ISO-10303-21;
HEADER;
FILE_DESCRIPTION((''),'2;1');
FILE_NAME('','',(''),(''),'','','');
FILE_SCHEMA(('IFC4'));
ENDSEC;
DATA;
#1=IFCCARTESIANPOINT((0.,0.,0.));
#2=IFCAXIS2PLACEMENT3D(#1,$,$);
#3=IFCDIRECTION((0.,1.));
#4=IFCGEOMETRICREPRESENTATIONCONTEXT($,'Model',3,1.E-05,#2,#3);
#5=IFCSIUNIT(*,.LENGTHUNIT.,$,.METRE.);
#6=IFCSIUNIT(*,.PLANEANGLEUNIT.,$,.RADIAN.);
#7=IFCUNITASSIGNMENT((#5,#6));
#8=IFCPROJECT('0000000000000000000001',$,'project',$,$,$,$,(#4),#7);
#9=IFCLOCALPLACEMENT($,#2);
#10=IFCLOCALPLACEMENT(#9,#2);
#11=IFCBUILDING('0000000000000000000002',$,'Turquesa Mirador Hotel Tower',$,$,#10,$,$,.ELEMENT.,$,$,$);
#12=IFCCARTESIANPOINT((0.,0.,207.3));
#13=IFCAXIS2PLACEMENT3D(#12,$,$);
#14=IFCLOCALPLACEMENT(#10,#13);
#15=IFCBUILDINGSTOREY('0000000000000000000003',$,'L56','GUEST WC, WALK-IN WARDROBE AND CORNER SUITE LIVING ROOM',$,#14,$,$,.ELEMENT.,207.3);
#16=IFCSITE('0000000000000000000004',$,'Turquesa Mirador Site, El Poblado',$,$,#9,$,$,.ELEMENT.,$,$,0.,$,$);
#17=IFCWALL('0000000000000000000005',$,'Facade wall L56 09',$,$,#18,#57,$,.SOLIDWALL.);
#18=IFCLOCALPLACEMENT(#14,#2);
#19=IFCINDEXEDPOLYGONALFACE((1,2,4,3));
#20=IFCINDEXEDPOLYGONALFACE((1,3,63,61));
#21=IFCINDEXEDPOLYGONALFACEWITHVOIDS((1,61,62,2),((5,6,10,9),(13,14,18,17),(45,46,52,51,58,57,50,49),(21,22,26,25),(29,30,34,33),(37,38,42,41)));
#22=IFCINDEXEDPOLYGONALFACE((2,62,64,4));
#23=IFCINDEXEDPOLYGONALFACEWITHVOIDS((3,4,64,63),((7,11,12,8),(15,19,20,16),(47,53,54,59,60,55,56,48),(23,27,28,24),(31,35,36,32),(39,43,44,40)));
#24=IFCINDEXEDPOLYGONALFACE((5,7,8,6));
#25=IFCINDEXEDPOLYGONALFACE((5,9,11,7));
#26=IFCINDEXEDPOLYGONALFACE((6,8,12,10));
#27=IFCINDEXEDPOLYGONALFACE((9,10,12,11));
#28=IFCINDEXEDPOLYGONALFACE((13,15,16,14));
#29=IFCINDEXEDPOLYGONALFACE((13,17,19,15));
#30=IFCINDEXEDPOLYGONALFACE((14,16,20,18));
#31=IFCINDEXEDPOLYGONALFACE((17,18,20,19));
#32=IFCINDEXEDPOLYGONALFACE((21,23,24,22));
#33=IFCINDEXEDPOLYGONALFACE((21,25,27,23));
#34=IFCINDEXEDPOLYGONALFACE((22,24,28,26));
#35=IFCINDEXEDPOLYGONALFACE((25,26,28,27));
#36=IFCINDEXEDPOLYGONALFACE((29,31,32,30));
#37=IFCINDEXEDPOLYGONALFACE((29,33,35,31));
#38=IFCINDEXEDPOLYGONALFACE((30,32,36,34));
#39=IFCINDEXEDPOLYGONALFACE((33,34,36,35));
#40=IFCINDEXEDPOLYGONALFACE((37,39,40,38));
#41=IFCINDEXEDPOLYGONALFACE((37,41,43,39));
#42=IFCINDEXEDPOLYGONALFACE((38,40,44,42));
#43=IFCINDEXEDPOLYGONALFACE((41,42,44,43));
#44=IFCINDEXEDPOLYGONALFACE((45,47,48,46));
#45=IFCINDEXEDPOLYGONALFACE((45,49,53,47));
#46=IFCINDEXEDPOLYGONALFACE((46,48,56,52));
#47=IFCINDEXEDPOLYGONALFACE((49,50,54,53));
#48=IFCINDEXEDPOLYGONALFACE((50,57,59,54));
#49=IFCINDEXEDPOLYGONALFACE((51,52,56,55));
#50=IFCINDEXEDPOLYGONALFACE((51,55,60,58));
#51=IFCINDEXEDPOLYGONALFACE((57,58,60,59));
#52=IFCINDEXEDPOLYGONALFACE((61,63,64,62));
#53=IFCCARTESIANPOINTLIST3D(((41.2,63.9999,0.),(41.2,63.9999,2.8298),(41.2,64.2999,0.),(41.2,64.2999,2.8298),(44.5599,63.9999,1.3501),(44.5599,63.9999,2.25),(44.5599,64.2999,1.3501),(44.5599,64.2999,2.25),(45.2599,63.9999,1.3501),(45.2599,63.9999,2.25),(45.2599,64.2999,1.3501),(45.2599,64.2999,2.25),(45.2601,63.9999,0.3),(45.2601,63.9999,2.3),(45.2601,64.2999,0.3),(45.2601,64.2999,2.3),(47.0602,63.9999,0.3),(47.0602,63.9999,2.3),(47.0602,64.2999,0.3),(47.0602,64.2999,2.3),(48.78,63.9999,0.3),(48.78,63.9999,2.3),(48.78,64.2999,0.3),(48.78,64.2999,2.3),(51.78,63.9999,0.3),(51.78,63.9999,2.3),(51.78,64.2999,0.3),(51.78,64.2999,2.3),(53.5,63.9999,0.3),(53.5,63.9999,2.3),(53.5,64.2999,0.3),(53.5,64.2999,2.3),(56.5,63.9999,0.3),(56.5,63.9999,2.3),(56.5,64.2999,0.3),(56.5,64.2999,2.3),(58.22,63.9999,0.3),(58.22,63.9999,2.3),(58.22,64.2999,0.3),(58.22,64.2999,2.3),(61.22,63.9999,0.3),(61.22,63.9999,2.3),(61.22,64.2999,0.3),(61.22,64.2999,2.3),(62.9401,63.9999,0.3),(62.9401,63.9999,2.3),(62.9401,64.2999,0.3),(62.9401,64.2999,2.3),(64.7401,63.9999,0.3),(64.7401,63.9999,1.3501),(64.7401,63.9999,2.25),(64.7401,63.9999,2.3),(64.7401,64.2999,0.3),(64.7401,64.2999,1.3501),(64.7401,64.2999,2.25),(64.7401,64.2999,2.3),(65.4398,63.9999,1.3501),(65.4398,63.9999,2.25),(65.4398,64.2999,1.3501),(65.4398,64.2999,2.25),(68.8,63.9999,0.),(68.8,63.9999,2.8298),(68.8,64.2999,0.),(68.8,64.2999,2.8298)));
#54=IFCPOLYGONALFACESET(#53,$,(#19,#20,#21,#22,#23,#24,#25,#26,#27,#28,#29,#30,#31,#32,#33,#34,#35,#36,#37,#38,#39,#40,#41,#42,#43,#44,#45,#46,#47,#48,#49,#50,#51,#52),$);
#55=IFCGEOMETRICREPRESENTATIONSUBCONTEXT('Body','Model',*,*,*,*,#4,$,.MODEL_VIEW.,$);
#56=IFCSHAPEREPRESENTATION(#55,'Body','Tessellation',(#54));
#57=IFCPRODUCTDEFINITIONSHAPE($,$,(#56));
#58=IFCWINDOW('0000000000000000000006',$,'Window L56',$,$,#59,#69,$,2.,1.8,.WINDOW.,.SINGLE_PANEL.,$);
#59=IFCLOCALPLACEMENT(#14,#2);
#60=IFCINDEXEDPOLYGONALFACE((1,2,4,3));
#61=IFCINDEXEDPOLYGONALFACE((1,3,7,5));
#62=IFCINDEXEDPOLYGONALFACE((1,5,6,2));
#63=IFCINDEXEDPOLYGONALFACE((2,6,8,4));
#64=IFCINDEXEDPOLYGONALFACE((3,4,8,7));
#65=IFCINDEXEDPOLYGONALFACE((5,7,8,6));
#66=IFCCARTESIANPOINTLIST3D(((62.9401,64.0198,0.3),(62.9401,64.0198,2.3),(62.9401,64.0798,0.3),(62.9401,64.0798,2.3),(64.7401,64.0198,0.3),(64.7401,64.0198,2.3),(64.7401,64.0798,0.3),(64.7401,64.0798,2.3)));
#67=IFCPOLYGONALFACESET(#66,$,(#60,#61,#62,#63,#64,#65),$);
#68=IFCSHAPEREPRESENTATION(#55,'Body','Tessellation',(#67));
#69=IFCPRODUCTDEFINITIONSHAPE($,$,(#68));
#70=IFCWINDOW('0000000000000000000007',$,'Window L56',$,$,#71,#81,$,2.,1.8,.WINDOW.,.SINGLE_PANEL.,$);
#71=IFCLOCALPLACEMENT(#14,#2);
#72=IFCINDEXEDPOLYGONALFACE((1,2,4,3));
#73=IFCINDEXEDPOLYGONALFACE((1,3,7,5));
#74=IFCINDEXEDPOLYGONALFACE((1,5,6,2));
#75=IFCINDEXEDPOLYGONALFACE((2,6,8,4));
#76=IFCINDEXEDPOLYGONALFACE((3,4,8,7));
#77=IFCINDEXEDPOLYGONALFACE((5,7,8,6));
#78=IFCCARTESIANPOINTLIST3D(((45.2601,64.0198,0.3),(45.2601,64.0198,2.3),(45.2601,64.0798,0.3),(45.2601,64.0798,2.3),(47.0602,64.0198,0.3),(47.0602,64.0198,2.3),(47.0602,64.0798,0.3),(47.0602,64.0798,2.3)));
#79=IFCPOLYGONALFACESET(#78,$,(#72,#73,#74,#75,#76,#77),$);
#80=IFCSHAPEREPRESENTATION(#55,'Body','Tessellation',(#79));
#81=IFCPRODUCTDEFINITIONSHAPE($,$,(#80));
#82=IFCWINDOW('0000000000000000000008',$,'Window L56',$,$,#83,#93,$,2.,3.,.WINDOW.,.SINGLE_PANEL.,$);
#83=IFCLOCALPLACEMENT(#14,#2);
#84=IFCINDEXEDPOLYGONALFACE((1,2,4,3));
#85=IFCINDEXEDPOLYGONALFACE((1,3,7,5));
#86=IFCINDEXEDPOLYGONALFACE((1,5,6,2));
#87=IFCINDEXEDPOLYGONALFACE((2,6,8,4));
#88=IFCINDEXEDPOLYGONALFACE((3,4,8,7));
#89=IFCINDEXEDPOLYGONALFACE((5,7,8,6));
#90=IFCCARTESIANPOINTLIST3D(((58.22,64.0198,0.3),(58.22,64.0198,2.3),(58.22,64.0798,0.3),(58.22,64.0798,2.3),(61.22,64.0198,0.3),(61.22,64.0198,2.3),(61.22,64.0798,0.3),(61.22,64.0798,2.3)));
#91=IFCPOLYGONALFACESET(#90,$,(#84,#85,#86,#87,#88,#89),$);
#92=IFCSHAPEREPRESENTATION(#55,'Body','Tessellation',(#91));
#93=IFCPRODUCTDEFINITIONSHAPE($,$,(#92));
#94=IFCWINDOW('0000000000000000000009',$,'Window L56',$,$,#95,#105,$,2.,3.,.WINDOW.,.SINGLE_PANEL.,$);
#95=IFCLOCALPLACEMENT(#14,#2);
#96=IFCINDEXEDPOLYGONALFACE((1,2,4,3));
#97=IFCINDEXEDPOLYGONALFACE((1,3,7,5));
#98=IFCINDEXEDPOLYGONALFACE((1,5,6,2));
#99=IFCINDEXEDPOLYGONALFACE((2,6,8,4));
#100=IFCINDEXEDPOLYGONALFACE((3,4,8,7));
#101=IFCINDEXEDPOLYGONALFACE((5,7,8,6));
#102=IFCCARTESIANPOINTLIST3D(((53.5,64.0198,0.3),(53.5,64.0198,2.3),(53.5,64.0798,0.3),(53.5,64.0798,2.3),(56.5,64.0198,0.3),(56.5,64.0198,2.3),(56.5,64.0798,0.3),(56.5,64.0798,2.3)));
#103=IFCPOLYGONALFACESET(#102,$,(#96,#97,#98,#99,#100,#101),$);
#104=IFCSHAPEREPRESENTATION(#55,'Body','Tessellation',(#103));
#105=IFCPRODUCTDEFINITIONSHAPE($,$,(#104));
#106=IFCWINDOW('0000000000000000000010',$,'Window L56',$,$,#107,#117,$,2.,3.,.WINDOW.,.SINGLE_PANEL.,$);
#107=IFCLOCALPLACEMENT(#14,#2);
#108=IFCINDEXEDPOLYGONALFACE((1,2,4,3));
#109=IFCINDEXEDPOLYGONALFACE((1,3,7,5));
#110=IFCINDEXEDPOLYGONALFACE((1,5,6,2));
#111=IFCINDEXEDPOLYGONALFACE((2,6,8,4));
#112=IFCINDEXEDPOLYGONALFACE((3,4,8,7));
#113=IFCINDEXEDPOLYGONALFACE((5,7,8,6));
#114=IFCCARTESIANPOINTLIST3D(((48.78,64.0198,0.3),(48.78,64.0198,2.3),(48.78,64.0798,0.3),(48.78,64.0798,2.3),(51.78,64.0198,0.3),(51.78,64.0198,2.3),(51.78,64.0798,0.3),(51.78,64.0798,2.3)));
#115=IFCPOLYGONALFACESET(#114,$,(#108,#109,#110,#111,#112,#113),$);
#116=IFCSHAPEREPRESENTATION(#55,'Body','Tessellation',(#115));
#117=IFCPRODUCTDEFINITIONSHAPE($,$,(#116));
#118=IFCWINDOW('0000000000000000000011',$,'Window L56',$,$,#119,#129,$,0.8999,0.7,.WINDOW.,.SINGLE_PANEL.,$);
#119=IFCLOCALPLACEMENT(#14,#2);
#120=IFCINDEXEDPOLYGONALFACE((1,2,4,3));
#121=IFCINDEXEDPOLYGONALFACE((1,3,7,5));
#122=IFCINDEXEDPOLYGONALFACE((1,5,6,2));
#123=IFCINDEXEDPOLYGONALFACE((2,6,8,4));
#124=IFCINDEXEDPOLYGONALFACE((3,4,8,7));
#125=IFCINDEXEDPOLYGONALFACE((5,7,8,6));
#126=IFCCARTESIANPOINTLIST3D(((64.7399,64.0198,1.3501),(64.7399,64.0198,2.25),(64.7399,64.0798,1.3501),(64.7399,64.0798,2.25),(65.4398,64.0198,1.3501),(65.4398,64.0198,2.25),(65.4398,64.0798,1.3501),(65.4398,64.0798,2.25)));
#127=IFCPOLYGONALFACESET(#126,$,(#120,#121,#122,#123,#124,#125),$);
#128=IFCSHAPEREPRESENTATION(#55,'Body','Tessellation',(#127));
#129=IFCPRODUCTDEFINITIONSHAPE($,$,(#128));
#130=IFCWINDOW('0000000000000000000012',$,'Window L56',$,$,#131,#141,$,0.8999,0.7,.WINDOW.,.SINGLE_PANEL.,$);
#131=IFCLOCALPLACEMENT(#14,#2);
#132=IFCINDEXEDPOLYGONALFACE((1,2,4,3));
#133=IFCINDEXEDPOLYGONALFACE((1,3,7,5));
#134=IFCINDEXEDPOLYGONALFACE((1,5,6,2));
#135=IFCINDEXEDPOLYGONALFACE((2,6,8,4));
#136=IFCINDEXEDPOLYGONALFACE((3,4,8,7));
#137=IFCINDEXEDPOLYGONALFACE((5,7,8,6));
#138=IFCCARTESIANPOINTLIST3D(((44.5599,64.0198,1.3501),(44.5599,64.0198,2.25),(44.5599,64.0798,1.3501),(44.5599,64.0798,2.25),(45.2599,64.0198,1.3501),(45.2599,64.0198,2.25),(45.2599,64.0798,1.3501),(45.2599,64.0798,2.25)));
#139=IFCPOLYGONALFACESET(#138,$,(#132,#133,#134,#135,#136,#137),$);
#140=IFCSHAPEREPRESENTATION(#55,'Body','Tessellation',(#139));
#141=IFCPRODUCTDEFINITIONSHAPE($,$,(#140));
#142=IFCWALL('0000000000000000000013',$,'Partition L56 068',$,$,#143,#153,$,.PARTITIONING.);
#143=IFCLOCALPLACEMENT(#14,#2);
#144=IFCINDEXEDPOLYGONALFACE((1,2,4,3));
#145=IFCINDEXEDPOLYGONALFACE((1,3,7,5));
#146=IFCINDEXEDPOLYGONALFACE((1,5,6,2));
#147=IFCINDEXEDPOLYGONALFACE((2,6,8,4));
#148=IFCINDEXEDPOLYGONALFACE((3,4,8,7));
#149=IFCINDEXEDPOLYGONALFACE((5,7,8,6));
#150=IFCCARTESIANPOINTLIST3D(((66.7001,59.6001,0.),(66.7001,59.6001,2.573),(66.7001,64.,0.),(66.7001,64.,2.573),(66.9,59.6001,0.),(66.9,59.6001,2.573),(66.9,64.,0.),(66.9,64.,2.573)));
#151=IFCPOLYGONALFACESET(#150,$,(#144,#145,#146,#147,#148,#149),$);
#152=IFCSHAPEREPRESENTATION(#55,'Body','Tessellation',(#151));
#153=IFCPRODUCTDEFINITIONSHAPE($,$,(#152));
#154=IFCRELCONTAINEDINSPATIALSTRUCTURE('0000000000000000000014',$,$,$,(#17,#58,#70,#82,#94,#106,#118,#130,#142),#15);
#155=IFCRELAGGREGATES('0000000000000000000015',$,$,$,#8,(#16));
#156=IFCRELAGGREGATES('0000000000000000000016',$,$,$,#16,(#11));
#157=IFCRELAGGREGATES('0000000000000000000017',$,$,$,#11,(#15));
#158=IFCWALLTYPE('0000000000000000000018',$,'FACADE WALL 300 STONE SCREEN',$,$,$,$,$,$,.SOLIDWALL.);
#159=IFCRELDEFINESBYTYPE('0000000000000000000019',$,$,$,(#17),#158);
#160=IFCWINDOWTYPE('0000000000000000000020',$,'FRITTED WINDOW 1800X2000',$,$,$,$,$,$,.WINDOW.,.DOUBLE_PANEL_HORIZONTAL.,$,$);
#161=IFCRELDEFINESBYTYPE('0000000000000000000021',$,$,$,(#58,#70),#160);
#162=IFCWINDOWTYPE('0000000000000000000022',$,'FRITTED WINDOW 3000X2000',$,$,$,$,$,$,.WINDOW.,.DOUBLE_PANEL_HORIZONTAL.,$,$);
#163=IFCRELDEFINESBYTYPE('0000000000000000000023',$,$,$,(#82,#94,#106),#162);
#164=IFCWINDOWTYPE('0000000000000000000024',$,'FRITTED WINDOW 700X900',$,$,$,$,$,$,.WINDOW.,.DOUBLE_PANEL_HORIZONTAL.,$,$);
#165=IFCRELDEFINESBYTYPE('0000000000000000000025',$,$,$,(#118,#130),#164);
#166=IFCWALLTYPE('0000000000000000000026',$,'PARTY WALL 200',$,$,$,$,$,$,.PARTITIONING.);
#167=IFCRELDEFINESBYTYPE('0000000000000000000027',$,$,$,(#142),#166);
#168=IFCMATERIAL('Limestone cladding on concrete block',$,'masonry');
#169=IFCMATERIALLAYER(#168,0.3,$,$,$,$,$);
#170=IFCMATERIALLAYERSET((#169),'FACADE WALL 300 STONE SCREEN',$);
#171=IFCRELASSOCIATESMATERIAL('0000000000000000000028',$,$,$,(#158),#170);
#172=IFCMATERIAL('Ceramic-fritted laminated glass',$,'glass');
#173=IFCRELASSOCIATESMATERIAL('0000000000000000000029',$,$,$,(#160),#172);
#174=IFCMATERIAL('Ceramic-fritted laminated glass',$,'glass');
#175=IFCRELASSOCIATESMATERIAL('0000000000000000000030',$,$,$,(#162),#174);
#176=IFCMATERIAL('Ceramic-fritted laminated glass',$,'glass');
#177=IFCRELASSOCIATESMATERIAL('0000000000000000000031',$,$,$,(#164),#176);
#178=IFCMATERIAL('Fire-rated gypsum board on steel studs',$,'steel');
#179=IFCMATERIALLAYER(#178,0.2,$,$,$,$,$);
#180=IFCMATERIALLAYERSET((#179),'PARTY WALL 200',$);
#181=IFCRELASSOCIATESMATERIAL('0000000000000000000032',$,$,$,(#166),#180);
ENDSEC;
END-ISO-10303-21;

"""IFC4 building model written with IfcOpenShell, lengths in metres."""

from ifc_helpers import new_model, si_unit, direction, frame, frame_2d, origin, place, context, subcontext, project, spatial, rectangle, extrude, material, layer, layer_set, type_object, element, fill, save


model = new_model("IFC4")

# Units and contexts
model_context = context("Model", 3, precision=1e-05, world=origin(), true_north=direction((0.0, 1.0)))
body_context = subcontext(model_context, "Body", "Model", "MODEL_VIEW")
ifc_project = project(units=[si_unit("LENGTHUNIT", "METRE"), si_unit("PLANEANGLEUNIT", "RADIAN")], contexts=[model_context])

# Site, building, storey
site_placement = place(None, origin())
site = spatial("IfcSite", under=ifc_project, at=site_placement, Name="Turquesa Mirador Site, El Poblado", CompositionType="ELEMENT", RefElevation=0.0)
building_placement = place(site_placement, origin())
building = spatial("IfcBuilding", under=site, at=building_placement, Name="Turquesa Mirador Hotel Tower", CompositionType="ELEMENT")
storey_placement = place(building_placement, frame((0.0, 0.0, 207.3)))
storey = spatial("IfcBuildingStorey", under=building, at=storey_placement, Name="L56", Description="GUEST WC, WALK-IN WARDROBE AND CORNER SUITE LIVING ROOM", CompositionType="ELEMENT", Elevation=207.3)

# Wall, openings, windows
ifc_material_1 = material(Name="Limestone cladding on concrete block", Category="masonry")
ifc_layer_1 = layer(ifc_material_1, 0.3)
ifc_layer_set_1 = layer_set([ifc_layer_1], Name="FACADE WALL 300 STONE SCREEN")
wall_type_1 = type_object("IfcWallType", Name="FACADE WALL 300 STONE SCREEN", PredefinedType="SOLIDWALL", material=ifc_layer_set_1)
wall_1_placement = place(storey_placement, frame((68.8, 64.1499, 0.0), z_axis=(0.0, 0.0, 1.0), x_axis=(-1.0, 0.0, 0.0)))
wall_1 = element("IfcWall", 1, at=wall_1_placement, inside=storey, type_object=wall_type_1, Name="Facade wall L56 09", PredefinedType="SOLIDWALL", context=body_context, shape_type="SweptSolid", body=[
    extrude(rectangle(XDim=27.6001, YDim=0.3, at=frame_2d((13.8, 0.0))), origin(), (0.0, 0.0, 1.0), 2.8298),
])
opening_1_placement = place(wall_1_placement, frame((4.0601, 0.0, 0.3)))
opening_1 = element("IfcOpeningElement", 2, at=opening_1_placement, cuts=wall_1, PredefinedType="OPENING", context=body_context, shape_type="SweptSolid", body=[
    extrude(rectangle(XDim=1.8, YDim=2.0, at=frame_2d((0.8999, 1.0))), frame((0.0, 0.1599, 0.0), z_axis=(0.0, -1.0, 0.0), x_axis=(1.0, 0.0, 0.0)), (0.0, 0.0, 1.0), 0.3201),
])
opening_2_placement = place(wall_1_placement, frame((7.5801, 0.0, 0.3)))
opening_2 = element("IfcOpeningElement", 3, at=opening_2_placement, cuts=wall_1, PredefinedType="OPENING", context=body_context, shape_type="SweptSolid", body=[
    extrude(rectangle(XDim=3.0, YDim=2.0, at=frame_2d((1.5, 1.0))), frame((0.0, 0.1599, 0.0), z_axis=(0.0, -1.0, 0.0), x_axis=(1.0, 0.0, 0.0)), (0.0, 0.0, 1.0), 0.3201),
])
opening_3_placement = place(wall_1_placement, frame((12.3, 0.0, 0.3)))
opening_3 = element("IfcOpeningElement", 4, at=opening_3_placement, cuts=wall_1, PredefinedType="OPENING", context=body_context, shape_type="SweptSolid", body=[
    extrude(rectangle(XDim=3.0, YDim=2.0, at=frame_2d((1.5, 1.0))), frame((0.0, 0.1599, 0.0), z_axis=(0.0, -1.0, 0.0), x_axis=(1.0, 0.0, 0.0)), (0.0, 0.0, 1.0), 0.3201),
])
opening_4_placement = place(wall_1_placement, frame((17.02, 0.0, 0.3)))
opening_4 = element("IfcOpeningElement", 5, at=opening_4_placement, cuts=wall_1, PredefinedType="OPENING", context=body_context, shape_type="SweptSolid", body=[
    extrude(rectangle(XDim=3.0, YDim=2.0, at=frame_2d((1.5, 1.0))), frame((0.0, 0.1599, 0.0), z_axis=(0.0, -1.0, 0.0), x_axis=(1.0, 0.0, 0.0)), (0.0, 0.0, 1.0), 0.3201),
])
opening_5_placement = place(wall_1_placement, frame((21.74, 0.0, 0.3)))
opening_5 = element("IfcOpeningElement", 6, at=opening_5_placement, cuts=wall_1, PredefinedType="OPENING", context=body_context, shape_type="SweptSolid", body=[
    extrude(rectangle(XDim=1.8, YDim=2.0, at=frame_2d((0.8999, 1.0))), frame((0.0, 0.1599, 0.0), z_axis=(0.0, -1.0, 0.0), x_axis=(1.0, 0.0, 0.0)), (0.0, 0.0, 1.0), 0.3201),
])
opening_6_placement = place(wall_1_placement, frame((3.3601, 0.0, 1.3501)))
opening_6 = element("IfcOpeningElement", 7, at=opening_6_placement, cuts=wall_1, PredefinedType="OPENING", context=body_context, shape_type="SweptSolid", body=[
    extrude(rectangle(XDim=0.7, YDim=0.8999, at=frame_2d((0.3501, 0.45))), frame((0.0, 0.1599, 0.0), z_axis=(0.0, -1.0, 0.0), x_axis=(1.0, 0.0, 0.0)), (0.0, 0.0, 1.0), 0.3201),
])
opening_7_placement = place(wall_1_placement, frame((23.54, 0.0, 1.3501)))
opening_7 = element("IfcOpeningElement", 8, at=opening_7_placement, cuts=wall_1, PredefinedType="OPENING", context=body_context, shape_type="SweptSolid", body=[
    extrude(rectangle(XDim=0.7, YDim=0.8999, at=frame_2d((0.3501, 0.45))), frame((0.0, 0.1599, 0.0), z_axis=(0.0, -1.0, 0.0), x_axis=(1.0, 0.0, 0.0)), (0.0, 0.0, 1.0), 0.3201),
])
ifc_material_2 = material(Name="Ceramic-fritted laminated glass", Category="glass")
window_type_1 = type_object("IfcWindowType", Name="FRITTED WINDOW 1800X2000", PartitioningType="DOUBLE_PANEL_HORIZONTAL", PredefinedType="WINDOW", material=ifc_material_2)
window_1_placement = place(opening_1_placement, origin())
window_1 = element("IfcWindow", 9, at=window_1_placement, inside=storey, type_object=window_type_1, Name="Window L56", OverallHeight=2.0, OverallWidth=1.8, PartitioningType="SINGLE_PANEL", PredefinedType="WINDOW", context=body_context, shape_type="SweptSolid", body=[
    extrude(rectangle(XDim=1.8, YDim=2.0, at=frame_2d((0.8999, 1.0))), frame((0.0, 0.1301, 0.0), z_axis=(0.0, -1.0, 0.0), x_axis=(1.0, 0.0, 0.0)), (0.0, 0.0, 1.0), 0.0601),
])
fill(opening_1, window_1)
window_2_placement = place(opening_5_placement, origin())
window_2 = element("IfcWindow", 10, at=window_2_placement, inside=storey, type_object=window_type_1, Name="Window L56", OverallHeight=2.0, OverallWidth=1.8, PartitioningType="SINGLE_PANEL", PredefinedType="WINDOW", context=body_context, shape_type="SweptSolid", body=[
    extrude(rectangle(XDim=1.8, YDim=2.0, at=frame_2d((0.8999, 1.0))), frame((0.0, 0.1301, 0.0), z_axis=(0.0, -1.0, 0.0), x_axis=(1.0, 0.0, 0.0)), (0.0, 0.0, 1.0), 0.0601),
])
fill(opening_5, window_2)
ifc_material_3 = material(Name="Ceramic-fritted laminated glass", Category="glass")
window_type_2 = type_object("IfcWindowType", Name="FRITTED WINDOW 3000X2000", PartitioningType="DOUBLE_PANEL_HORIZONTAL", PredefinedType="WINDOW", material=ifc_material_3)
window_3_placement = place(opening_2_placement, origin())
window_3 = element("IfcWindow", 11, at=window_3_placement, inside=storey, type_object=window_type_2, Name="Window L56", OverallHeight=2.0, OverallWidth=3.0, PartitioningType="SINGLE_PANEL", PredefinedType="WINDOW", context=body_context, shape_type="SweptSolid", body=[
    extrude(rectangle(XDim=3.0, YDim=2.0, at=frame_2d((1.5, 1.0))), frame((0.0, 0.1301, 0.0), z_axis=(0.0, -1.0, 0.0), x_axis=(1.0, 0.0, 0.0)), (0.0, 0.0, 1.0), 0.0601),
])
fill(opening_2, window_3)
window_4_placement = place(opening_3_placement, origin())
window_4 = element("IfcWindow", 12, at=window_4_placement, inside=storey, type_object=window_type_2, Name="Window L56", OverallHeight=2.0, OverallWidth=3.0, PartitioningType="SINGLE_PANEL", PredefinedType="WINDOW", context=body_context, shape_type="SweptSolid", body=[
    extrude(rectangle(XDim=3.0, YDim=2.0, at=frame_2d((1.5, 1.0))), frame((0.0, 0.1301, 0.0), z_axis=(0.0, -1.0, 0.0), x_axis=(1.0, 0.0, 0.0)), (0.0, 0.0, 1.0), 0.0601),
])
fill(opening_3, window_4)
window_5_placement = place(opening_4_placement, origin())
window_5 = element("IfcWindow", 13, at=window_5_placement, inside=storey, type_object=window_type_2, Name="Window L56", OverallHeight=2.0, OverallWidth=3.0, PartitioningType="SINGLE_PANEL", PredefinedType="WINDOW", context=body_context, shape_type="SweptSolid", body=[
    extrude(rectangle(XDim=3.0, YDim=2.0, at=frame_2d((1.5, 1.0))), frame((0.0, 0.1301, 0.0), z_axis=(0.0, -1.0, 0.0), x_axis=(1.0, 0.0, 0.0)), (0.0, 0.0, 1.0), 0.0601),
])
fill(opening_4, window_5)
ifc_material_4 = material(Name="Ceramic-fritted laminated glass", Category="glass")
window_type_3 = type_object("IfcWindowType", Name="FRITTED WINDOW 700X900", PartitioningType="DOUBLE_PANEL_HORIZONTAL", PredefinedType="WINDOW", material=ifc_material_4)
window_6_placement = place(opening_6_placement, origin())
window_6 = element("IfcWindow", 14, at=window_6_placement, inside=storey, type_object=window_type_3, Name="Window L56", OverallHeight=0.8999, OverallWidth=0.7, PartitioningType="SINGLE_PANEL", PredefinedType="WINDOW", context=body_context, shape_type="SweptSolid", body=[
    extrude(rectangle(XDim=0.7, YDim=0.8999, at=frame_2d((0.3501, 0.45))), frame((0.0, 0.1301, 0.0), z_axis=(0.0, -1.0, 0.0), x_axis=(1.0, 0.0, 0.0)), (0.0, 0.0, 1.0), 0.0601),
])
fill(opening_6, window_6)
window_7_placement = place(opening_7_placement, origin())
window_7 = element("IfcWindow", 15, at=window_7_placement, inside=storey, type_object=window_type_3, Name="Window L56", OverallHeight=0.8999, OverallWidth=0.7, PartitioningType="SINGLE_PANEL", PredefinedType="WINDOW", context=body_context, shape_type="SweptSolid", body=[
    extrude(rectangle(XDim=0.7, YDim=0.8999, at=frame_2d((0.3501, 0.45))), frame((0.0, 0.1301, 0.0), z_axis=(0.0, -1.0, 0.0), x_axis=(1.0, 0.0, 0.0)), (0.0, 0.0, 1.0), 0.0601),
])
fill(opening_7, window_7)

# Wall
ifc_material_5 = material(Name="Fire-rated gypsum board on steel studs", Category="steel")
ifc_layer_2 = layer(ifc_material_5, 0.2)
ifc_layer_set_2 = layer_set([ifc_layer_2], Name="PARTY WALL 200")
wall_type_2 = type_object("IfcWallType", Name="PARTY WALL 200", PredefinedType="PARTITIONING", material=ifc_layer_set_2)
wall_2_placement = place(storey_placement, frame((66.8, 59.6001, 0.0), z_axis=(0.0, 0.0, 1.0), x_axis=(0.0, 1.0, 0.0)))
element("IfcWall", 16, at=wall_2_placement, inside=storey, type_object=wall_type_2, Name="Partition L56 068", PredefinedType="PARTITIONING", context=body_context, shape_type="SweptSolid", body=[
    extrude(rectangle(XDim=4.3999, YDim=0.2, at=frame_2d((2.2, 0.0))), origin(), (0.0, 0.0, 1.0), 2.573),
])

save(model, "model.ifc")
